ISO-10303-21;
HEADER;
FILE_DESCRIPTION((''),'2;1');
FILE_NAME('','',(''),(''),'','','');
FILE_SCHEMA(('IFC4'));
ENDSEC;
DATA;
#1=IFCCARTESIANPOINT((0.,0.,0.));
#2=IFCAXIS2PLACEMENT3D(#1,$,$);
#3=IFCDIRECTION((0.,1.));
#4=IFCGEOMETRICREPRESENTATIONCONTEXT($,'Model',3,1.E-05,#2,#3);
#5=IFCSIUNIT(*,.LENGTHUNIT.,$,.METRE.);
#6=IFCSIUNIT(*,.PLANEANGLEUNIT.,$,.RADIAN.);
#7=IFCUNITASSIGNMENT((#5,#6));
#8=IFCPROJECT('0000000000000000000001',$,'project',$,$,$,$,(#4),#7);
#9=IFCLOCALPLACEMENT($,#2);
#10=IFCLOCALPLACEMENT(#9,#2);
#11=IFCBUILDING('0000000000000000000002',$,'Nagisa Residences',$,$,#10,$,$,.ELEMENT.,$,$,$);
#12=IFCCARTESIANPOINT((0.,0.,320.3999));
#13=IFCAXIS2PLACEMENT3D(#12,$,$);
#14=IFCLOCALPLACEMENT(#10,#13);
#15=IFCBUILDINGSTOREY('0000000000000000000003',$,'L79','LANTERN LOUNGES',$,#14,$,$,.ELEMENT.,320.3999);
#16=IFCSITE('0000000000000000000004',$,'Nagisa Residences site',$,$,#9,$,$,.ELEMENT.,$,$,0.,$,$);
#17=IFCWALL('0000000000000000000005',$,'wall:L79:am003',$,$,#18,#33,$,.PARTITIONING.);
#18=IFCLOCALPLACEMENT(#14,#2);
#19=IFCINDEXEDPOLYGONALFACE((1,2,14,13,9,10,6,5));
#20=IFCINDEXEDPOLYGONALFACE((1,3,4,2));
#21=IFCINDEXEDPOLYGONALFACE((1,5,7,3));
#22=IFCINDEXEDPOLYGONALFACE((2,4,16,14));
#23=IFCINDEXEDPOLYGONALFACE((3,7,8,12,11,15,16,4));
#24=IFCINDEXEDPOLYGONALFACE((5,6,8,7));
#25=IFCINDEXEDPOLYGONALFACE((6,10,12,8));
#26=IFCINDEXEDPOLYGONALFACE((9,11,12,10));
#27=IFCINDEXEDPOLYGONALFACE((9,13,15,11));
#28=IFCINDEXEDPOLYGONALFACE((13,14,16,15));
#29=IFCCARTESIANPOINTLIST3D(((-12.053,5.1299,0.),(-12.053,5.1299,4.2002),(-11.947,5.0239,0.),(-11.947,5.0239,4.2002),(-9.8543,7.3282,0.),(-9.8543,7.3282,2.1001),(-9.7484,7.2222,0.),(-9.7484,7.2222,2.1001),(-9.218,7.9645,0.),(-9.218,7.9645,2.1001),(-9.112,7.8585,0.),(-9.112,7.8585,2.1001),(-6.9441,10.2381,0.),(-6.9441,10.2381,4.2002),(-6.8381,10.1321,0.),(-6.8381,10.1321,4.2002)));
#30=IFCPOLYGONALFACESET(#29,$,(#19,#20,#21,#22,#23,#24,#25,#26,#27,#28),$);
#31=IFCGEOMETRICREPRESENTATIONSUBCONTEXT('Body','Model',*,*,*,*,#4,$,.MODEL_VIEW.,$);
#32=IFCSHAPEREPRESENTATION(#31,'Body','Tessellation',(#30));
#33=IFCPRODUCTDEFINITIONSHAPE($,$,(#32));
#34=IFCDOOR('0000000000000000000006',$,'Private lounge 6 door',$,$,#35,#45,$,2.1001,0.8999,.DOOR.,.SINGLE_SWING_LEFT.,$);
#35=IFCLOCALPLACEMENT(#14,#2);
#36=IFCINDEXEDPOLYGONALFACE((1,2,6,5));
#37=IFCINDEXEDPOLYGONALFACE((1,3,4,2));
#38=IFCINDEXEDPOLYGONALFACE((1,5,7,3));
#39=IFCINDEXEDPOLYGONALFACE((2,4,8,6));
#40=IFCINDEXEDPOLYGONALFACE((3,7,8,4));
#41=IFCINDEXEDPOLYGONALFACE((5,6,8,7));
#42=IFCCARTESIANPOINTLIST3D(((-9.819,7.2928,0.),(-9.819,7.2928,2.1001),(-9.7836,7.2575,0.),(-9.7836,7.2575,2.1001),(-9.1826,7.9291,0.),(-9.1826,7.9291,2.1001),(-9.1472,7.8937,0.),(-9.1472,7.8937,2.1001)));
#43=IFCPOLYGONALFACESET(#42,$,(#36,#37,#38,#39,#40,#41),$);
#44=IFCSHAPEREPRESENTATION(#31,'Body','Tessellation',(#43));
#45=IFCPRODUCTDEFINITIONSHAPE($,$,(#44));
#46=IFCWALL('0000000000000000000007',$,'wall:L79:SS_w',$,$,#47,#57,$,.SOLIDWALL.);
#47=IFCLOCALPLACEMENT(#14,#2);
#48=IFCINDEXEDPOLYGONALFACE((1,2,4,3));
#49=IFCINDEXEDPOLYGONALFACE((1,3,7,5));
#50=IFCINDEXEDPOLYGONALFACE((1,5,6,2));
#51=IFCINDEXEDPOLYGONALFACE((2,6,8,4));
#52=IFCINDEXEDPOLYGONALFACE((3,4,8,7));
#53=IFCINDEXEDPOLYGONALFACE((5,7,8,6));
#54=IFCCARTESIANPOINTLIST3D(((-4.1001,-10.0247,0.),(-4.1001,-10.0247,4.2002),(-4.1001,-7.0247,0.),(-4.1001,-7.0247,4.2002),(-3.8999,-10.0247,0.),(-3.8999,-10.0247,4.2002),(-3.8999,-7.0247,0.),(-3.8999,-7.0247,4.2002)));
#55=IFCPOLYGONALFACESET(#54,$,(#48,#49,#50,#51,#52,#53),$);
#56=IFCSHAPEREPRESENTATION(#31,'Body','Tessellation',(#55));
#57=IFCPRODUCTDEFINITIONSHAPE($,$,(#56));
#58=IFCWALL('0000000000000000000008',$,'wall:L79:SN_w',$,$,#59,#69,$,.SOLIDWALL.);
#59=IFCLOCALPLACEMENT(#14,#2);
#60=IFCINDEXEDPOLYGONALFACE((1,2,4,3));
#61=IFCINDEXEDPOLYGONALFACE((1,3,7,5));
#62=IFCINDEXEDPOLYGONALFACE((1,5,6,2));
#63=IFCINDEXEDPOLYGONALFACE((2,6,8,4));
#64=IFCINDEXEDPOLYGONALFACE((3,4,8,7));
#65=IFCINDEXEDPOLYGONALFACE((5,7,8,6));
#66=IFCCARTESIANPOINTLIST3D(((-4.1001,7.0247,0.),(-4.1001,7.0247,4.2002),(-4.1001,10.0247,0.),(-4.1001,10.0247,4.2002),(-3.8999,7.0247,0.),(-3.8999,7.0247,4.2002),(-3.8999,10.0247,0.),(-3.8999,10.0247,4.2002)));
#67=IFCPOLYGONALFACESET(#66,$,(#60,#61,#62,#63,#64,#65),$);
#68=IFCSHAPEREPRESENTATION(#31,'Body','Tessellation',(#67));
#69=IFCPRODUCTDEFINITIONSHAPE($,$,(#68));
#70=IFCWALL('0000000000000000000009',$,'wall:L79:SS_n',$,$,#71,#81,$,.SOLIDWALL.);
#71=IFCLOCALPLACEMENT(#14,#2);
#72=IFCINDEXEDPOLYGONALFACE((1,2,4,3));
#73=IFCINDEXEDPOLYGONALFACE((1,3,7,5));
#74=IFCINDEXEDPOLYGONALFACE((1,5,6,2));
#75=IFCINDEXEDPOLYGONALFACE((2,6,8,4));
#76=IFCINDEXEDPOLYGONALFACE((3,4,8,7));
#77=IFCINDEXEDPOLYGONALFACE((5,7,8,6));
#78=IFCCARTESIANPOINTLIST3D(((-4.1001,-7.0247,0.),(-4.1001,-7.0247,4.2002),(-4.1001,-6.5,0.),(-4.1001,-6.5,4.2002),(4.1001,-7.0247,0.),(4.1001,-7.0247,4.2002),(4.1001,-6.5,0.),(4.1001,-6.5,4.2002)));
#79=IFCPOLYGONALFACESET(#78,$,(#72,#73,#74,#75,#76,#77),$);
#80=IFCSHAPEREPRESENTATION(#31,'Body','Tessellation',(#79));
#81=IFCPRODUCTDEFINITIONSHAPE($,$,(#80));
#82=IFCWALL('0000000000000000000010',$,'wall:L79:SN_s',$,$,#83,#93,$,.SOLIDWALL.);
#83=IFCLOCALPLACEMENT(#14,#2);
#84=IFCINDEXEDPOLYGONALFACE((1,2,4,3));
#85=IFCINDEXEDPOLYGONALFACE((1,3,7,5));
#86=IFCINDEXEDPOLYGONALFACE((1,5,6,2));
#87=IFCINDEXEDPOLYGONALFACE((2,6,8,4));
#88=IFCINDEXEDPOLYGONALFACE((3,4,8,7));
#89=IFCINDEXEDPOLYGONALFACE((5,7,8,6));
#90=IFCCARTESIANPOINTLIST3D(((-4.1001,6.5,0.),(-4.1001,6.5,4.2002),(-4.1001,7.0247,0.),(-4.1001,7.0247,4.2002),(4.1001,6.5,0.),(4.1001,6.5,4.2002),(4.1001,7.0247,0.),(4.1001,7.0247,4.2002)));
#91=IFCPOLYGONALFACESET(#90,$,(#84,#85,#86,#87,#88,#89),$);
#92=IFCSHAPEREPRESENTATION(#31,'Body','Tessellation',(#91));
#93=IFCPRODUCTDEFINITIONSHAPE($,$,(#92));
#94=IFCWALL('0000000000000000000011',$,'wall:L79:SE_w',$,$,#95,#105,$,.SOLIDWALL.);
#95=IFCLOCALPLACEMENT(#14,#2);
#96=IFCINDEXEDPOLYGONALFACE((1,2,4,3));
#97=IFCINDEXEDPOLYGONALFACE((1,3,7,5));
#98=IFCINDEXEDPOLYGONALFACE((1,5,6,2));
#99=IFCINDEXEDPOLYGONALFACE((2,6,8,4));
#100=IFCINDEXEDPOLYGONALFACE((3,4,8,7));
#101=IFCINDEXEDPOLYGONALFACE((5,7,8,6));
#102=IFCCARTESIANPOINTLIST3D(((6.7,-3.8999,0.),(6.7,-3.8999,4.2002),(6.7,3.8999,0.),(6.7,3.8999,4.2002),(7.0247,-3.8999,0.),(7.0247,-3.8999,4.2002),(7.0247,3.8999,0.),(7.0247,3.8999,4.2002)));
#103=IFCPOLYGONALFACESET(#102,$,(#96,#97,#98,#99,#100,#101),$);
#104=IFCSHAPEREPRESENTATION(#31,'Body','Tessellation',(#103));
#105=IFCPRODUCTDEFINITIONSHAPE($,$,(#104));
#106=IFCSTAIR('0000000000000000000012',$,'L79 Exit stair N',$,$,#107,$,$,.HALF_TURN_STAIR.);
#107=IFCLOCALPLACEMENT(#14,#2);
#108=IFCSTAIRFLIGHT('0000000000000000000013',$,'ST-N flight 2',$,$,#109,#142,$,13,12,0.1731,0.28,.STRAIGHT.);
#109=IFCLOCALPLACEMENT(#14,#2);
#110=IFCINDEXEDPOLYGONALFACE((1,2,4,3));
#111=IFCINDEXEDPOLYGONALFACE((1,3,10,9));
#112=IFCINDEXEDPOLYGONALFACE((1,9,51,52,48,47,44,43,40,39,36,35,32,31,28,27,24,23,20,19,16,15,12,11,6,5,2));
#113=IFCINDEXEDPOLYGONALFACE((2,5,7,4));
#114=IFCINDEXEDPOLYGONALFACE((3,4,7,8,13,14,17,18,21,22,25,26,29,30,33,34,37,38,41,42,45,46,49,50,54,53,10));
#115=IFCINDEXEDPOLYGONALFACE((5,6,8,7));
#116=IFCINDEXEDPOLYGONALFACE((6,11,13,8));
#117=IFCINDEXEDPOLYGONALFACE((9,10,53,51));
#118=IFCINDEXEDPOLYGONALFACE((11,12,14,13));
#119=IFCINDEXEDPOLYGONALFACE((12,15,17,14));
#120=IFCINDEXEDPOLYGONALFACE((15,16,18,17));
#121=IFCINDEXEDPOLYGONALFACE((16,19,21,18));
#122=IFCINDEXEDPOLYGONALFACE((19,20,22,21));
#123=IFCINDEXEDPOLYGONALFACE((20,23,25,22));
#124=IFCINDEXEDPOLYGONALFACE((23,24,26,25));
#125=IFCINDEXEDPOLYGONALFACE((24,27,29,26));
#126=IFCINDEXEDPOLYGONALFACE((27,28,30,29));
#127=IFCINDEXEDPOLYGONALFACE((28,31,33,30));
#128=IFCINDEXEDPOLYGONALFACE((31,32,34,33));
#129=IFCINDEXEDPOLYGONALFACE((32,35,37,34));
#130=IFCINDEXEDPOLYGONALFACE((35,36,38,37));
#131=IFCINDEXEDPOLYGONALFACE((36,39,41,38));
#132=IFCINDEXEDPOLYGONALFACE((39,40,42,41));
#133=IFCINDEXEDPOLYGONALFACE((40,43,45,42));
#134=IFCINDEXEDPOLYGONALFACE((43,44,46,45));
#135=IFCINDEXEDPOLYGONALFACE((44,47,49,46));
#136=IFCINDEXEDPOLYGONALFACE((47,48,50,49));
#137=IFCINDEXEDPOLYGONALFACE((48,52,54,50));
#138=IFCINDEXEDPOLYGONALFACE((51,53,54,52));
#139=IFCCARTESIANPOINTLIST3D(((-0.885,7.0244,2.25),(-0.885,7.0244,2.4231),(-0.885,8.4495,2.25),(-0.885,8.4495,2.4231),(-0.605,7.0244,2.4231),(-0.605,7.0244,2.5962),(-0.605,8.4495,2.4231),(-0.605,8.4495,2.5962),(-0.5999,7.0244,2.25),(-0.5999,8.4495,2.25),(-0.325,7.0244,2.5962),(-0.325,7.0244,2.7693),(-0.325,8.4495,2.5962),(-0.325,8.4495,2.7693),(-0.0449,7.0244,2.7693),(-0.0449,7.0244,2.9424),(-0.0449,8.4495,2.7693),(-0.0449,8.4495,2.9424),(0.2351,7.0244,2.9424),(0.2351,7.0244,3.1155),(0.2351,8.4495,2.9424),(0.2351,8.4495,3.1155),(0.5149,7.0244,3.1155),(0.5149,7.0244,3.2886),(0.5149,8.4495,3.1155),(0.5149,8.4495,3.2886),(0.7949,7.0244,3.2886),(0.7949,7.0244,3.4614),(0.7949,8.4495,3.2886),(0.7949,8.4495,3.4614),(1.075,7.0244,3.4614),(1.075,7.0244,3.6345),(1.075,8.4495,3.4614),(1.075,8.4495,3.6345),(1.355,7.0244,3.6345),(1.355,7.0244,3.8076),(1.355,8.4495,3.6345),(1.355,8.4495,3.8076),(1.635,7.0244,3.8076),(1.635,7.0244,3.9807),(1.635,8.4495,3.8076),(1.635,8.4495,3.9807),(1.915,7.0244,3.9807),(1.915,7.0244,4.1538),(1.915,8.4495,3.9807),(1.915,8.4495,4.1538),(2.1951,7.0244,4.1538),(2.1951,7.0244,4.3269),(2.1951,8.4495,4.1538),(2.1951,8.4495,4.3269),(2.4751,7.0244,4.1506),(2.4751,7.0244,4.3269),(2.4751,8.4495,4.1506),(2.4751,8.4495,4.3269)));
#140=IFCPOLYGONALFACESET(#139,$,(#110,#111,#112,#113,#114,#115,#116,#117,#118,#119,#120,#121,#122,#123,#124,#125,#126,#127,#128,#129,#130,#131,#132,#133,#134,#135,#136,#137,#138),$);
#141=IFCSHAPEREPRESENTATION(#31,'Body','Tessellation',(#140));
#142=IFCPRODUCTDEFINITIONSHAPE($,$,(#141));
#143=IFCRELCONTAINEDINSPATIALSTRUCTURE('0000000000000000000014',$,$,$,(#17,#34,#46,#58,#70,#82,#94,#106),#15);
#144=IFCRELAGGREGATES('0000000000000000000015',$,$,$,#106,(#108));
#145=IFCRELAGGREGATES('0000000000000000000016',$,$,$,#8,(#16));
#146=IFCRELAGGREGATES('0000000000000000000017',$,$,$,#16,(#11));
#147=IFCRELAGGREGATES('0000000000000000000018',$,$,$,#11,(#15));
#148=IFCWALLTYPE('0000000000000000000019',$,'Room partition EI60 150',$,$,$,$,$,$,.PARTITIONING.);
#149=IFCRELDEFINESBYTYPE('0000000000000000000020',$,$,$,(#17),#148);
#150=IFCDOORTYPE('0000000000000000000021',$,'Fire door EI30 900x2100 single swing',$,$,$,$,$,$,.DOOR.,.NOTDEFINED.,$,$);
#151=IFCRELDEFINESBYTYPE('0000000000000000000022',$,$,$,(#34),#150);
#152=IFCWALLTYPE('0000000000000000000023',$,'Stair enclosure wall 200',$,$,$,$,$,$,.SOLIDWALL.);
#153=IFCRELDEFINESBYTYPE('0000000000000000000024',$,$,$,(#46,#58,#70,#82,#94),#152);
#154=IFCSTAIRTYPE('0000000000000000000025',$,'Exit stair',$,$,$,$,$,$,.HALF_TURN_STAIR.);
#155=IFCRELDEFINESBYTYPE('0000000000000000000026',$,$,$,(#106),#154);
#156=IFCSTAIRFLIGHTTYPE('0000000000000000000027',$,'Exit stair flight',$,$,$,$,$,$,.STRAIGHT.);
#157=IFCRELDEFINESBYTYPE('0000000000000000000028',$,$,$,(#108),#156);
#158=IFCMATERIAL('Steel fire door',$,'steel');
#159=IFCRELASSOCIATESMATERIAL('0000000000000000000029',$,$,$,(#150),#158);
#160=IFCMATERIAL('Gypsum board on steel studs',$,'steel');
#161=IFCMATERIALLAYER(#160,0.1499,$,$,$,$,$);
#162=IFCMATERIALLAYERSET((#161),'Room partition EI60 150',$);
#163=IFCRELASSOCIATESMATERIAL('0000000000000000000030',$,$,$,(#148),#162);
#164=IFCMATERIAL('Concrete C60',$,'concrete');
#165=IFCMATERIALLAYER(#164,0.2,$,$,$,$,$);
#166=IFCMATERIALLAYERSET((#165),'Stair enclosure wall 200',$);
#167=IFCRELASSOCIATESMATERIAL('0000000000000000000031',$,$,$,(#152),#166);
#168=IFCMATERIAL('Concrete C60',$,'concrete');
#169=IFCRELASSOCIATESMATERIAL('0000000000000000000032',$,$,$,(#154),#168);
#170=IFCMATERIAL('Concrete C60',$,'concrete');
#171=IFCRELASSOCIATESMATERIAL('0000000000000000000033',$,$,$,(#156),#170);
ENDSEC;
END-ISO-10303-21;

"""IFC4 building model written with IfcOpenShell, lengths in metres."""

from ifc_helpers import new_model, si_unit, direction, frame, frame_2d, origin, place, context, subcontext, project, spatial, polyline, rectangle, outline, extrude, material, layer, layer_set, type_object, element, fill, aggregate, save


model = new_model("IFC4")

# Units and contexts
model_context = context("Model", 3, precision=1e-05, world=origin(), true_north=direction((0.0, 1.0)))
body_context = subcontext(model_context, "Body", "Model", "MODEL_VIEW")
ifc_project = project(units=[si_unit("LENGTHUNIT", "METRE"), si_unit("PLANEANGLEUNIT", "RADIAN")], contexts=[model_context])

# Site, building, storey
site_placement = place(None, origin())
site = spatial("IfcSite", under=ifc_project, at=site_placement, Name="Nagisa Residences site", CompositionType="ELEMENT", RefElevation=0.0)
building_placement = place(site_placement, origin())
building = spatial("IfcBuilding", under=site, at=building_placement, Name="Nagisa Residences", CompositionType="ELEMENT")
storey_placement = place(building_placement, frame((0.0, 0.0, 320.3999)))
storey = spatial("IfcBuildingStorey", under=building, at=storey_placement, Name="L79", Description="LANTERN LOUNGES", CompositionType="ELEMENT", Elevation=320.3999)

# Shared definitions
ifc_material_1 = material(Name="Steel fire door", Category="steel")
door_type_1 = type_object("IfcDoorType", Name="Fire door EI30 900x2100 single swing", OperationType="NOTDEFINED", PredefinedType="DOOR", material=ifc_material_1)

# Shared definitions
ifc_material_2 = material(Name="Gypsum board on steel studs", Category="steel")
ifc_layer_1 = layer(ifc_material_2, 0.1499)
ifc_layer_set_1 = layer_set([ifc_layer_1], Name="Room partition EI60 150")
wall_type_1 = type_object("IfcWallType", Name="Room partition EI60 150", PredefinedType="PARTITIONING", material=ifc_layer_set_1)

# Wall, opening, door
wall_1_placement = place(storey_placement, frame((-12.0, 5.0769, 0.0), z_axis=(0.0, 0.0, 1.0), x_axis=(0.707157, 0.707056, 0.0)))
wall_1 = element("IfcWall", 1, at=wall_1_placement, inside=storey, type_object=wall_type_1, Name="wall:L79:am003", PredefinedType="PARTITIONING", context=body_context, shape_type="SweptSolid", body=[
    extrude(rectangle(XDim=7.2246, YDim=0.1499, at=frame_2d((3.6123, 0.0))), origin(), (0.0, 0.0, 1.0), 4.2002),
])
opening_1_placement = place(wall_1_placement, frame((3.1091, 0.0, 0.0)))
opening_1 = element("IfcOpeningElement", 2, at=opening_1_placement, cuts=wall_1, PredefinedType="OPENING", context=body_context, shape_type="SweptSolid", body=[
    extrude(rectangle(XDim=0.8999, YDim=2.1001, at=frame_2d((0.45, 1.05))), frame((0.0, 0.085, 0.0), z_axis=(0.0, -1.0, 0.0), x_axis=(1.0, 0.0, 0.0)), (0.0, 0.0, 1.0), 0.1699),
])
door_1_placement = place(opening_1_placement, origin())
door_1 = element("IfcDoor", 3, at=door_1_placement, inside=storey, type_object=door_type_1, Name="Private lounge 6 door", OperationType="SINGLE_SWING_LEFT", OverallHeight=2.1001, OverallWidth=0.8999, PredefinedType="DOOR", context=body_context, shape_type="SweptSolid", body=[
    extrude(rectangle(XDim=0.8999, YDim=2.1001, at=frame_2d((0.45, 1.05))), frame((0.0, 0.0249, 0.0), z_axis=(0.0, -1.0, 0.0), x_axis=(1.0, 0.0, 0.0)), (0.0, 0.0, 1.0), 0.05),
])
fill(opening_1, door_1)

# Walls
ifc_material_3 = material(Name="Concrete C60", Category="concrete")
ifc_layer_2 = layer(ifc_material_3, 0.2)
ifc_layer_set_2 = layer_set([ifc_layer_2], Name="Stair enclosure wall 200")
wall_type_2 = type_object("IfcWallType", Name="Stair enclosure wall 200", PredefinedType="SOLIDWALL", material=ifc_layer_set_2)
wall_2_placement = place(storey_placement, origin())
element("IfcWall", 4, at=wall_2_placement, inside=storey, type_object=wall_type_2, Name="wall:L79:SS_w", PredefinedType="SOLIDWALL", context=body_context, shape_type="SweptSolid", body=[
    extrude(outline(polyline([(-3.8999, -10.0247), (-4.1001, -10.0247), (-4.1001, -7.0247), (-3.8999, -7.0247), (-3.8999, -10.0247)])), origin(), (0.0, 0.0, 1.0), 4.2002),
])
wall_3_placement = place(storey_placement, origin())
element("IfcWall", 5, at=wall_3_placement, inside=storey, type_object=wall_type_2, Name="wall:L79:SN_w", PredefinedType="SOLIDWALL", context=body_context, shape_type="SweptSolid", body=[
    extrude(outline(polyline([(-3.8999, 7.0247), (-4.1001, 7.0247), (-4.1001, 10.0247), (-3.8999, 10.0247), (-3.8999, 7.0247)])), origin(), (0.0, 0.0, 1.0), 4.2002),
])
wall_4_placement = place(storey_placement, origin())
element("IfcWall", 6, at=wall_4_placement, inside=storey, type_object=wall_type_2, Name="wall:L79:SS_n", PredefinedType="SOLIDWALL", context=body_context, shape_type="SweptSolid", body=[
    extrude(outline(polyline([(4.1001, -7.0247), (-4.1001, -7.0247), (-4.1001, -6.5), (4.1001, -6.5), (4.1001, -7.0247)])), origin(), (0.0, 0.0, 1.0), 4.2002),
])
wall_5_placement = place(storey_placement, origin())
element("IfcWall", 7, at=wall_5_placement, inside=storey, type_object=wall_type_2, Name="wall:L79:SN_s", PredefinedType="SOLIDWALL", context=body_context, shape_type="SweptSolid", body=[
    extrude(outline(polyline([(4.1001, 6.5), (-4.1001, 6.5), (-4.1001, 7.0247), (4.1001, 7.0247), (4.1001, 6.5)])), origin(), (0.0, 0.0, 1.0), 4.2002),
])
wall_6_placement = place(storey_placement, origin())
element("IfcWall", 8, at=wall_6_placement, inside=storey, type_object=wall_type_2, Name="wall:L79:SE_w", PredefinedType="SOLIDWALL", context=body_context, shape_type="SweptSolid", body=[
    extrude(outline(polyline([(7.0247, -3.8999), (6.7, -3.8999), (6.7, 3.8999), (7.0247, 3.8999), (7.0247, -3.8999)])), origin(), (0.0, 0.0, 1.0), 4.2002),
])

# Stair, stair flight
ifc_material_4 = material(Name="Concrete C60", Category="concrete")
stair_type = type_object("IfcStairType", Name="Exit stair", PredefinedType="HALF_TURN_STAIR", material=ifc_material_4)
stair_placement = place(storey_placement, origin())
stair = element("IfcStair", 9, at=stair_placement, inside=storey, type_object=stair_type, Name="L79 Exit stair N", PredefinedType="HALF_TURN_STAIR")
ifc_material_5 = material(Name="Concrete C60", Category="concrete")
stair_flight_type = type_object("IfcStairFlightType", Name="Exit stair flight", PredefinedType="STRAIGHT", material=ifc_material_5)
stair_flight_placement = place(storey_placement, frame((-0.885, 7.7371, 2.25), z_axis=(0.0, 0.0, 1.0), x_axis=(1.0, 0.0, 0.0)))
stair_flight = element("IfcStairFlight", 10, at=stair_flight_placement, type_object=stair_flight_type, Name="ST-N flight 2", NumberOfRisers=13, NumberOfTreads=12, PredefinedType="STRAIGHT", RiserHeight=0.1731, TreadLength=0.28, context=body_context, shape_type="SweptSolid", body=[
    extrude(outline(polyline([(0.0, 0.0), (0.0, 0.1731), (0.28, 0.1731), (0.28, 0.3462), (0.5601, 0.3462), (0.5601, 0.5193), (0.8401, 0.5193), (0.8401, 0.6924), (1.1201, 0.6924), (1.1201, 0.8655), (1.3999, 0.8655), (1.3999, 1.0386), (1.6799, 1.0386), (1.6799, 1.2114), (1.96, 1.2114), (1.96, 1.3845), (2.24, 1.3845), (2.24, 1.5576), (2.52, 1.5576), (2.52, 1.7307), (2.8, 1.7307), (2.8, 1.9038), (3.0801, 1.9038), (3.0801, 2.0769), (3.3601, 2.0769), (3.3601, 2.25), (3.3601, 1.9006), (0.2852, 0.0), (0.0, 0.0)])), frame((0.0, 0.7124, 0.0), z_axis=(0.0, -1.0, 0.0), x_axis=(1.0, 0.0, 0.0)), (0.0, 0.0, 1.0), 1.425),
])
aggregate(stair, [stair_flight])

save(model, "model.ifc")
